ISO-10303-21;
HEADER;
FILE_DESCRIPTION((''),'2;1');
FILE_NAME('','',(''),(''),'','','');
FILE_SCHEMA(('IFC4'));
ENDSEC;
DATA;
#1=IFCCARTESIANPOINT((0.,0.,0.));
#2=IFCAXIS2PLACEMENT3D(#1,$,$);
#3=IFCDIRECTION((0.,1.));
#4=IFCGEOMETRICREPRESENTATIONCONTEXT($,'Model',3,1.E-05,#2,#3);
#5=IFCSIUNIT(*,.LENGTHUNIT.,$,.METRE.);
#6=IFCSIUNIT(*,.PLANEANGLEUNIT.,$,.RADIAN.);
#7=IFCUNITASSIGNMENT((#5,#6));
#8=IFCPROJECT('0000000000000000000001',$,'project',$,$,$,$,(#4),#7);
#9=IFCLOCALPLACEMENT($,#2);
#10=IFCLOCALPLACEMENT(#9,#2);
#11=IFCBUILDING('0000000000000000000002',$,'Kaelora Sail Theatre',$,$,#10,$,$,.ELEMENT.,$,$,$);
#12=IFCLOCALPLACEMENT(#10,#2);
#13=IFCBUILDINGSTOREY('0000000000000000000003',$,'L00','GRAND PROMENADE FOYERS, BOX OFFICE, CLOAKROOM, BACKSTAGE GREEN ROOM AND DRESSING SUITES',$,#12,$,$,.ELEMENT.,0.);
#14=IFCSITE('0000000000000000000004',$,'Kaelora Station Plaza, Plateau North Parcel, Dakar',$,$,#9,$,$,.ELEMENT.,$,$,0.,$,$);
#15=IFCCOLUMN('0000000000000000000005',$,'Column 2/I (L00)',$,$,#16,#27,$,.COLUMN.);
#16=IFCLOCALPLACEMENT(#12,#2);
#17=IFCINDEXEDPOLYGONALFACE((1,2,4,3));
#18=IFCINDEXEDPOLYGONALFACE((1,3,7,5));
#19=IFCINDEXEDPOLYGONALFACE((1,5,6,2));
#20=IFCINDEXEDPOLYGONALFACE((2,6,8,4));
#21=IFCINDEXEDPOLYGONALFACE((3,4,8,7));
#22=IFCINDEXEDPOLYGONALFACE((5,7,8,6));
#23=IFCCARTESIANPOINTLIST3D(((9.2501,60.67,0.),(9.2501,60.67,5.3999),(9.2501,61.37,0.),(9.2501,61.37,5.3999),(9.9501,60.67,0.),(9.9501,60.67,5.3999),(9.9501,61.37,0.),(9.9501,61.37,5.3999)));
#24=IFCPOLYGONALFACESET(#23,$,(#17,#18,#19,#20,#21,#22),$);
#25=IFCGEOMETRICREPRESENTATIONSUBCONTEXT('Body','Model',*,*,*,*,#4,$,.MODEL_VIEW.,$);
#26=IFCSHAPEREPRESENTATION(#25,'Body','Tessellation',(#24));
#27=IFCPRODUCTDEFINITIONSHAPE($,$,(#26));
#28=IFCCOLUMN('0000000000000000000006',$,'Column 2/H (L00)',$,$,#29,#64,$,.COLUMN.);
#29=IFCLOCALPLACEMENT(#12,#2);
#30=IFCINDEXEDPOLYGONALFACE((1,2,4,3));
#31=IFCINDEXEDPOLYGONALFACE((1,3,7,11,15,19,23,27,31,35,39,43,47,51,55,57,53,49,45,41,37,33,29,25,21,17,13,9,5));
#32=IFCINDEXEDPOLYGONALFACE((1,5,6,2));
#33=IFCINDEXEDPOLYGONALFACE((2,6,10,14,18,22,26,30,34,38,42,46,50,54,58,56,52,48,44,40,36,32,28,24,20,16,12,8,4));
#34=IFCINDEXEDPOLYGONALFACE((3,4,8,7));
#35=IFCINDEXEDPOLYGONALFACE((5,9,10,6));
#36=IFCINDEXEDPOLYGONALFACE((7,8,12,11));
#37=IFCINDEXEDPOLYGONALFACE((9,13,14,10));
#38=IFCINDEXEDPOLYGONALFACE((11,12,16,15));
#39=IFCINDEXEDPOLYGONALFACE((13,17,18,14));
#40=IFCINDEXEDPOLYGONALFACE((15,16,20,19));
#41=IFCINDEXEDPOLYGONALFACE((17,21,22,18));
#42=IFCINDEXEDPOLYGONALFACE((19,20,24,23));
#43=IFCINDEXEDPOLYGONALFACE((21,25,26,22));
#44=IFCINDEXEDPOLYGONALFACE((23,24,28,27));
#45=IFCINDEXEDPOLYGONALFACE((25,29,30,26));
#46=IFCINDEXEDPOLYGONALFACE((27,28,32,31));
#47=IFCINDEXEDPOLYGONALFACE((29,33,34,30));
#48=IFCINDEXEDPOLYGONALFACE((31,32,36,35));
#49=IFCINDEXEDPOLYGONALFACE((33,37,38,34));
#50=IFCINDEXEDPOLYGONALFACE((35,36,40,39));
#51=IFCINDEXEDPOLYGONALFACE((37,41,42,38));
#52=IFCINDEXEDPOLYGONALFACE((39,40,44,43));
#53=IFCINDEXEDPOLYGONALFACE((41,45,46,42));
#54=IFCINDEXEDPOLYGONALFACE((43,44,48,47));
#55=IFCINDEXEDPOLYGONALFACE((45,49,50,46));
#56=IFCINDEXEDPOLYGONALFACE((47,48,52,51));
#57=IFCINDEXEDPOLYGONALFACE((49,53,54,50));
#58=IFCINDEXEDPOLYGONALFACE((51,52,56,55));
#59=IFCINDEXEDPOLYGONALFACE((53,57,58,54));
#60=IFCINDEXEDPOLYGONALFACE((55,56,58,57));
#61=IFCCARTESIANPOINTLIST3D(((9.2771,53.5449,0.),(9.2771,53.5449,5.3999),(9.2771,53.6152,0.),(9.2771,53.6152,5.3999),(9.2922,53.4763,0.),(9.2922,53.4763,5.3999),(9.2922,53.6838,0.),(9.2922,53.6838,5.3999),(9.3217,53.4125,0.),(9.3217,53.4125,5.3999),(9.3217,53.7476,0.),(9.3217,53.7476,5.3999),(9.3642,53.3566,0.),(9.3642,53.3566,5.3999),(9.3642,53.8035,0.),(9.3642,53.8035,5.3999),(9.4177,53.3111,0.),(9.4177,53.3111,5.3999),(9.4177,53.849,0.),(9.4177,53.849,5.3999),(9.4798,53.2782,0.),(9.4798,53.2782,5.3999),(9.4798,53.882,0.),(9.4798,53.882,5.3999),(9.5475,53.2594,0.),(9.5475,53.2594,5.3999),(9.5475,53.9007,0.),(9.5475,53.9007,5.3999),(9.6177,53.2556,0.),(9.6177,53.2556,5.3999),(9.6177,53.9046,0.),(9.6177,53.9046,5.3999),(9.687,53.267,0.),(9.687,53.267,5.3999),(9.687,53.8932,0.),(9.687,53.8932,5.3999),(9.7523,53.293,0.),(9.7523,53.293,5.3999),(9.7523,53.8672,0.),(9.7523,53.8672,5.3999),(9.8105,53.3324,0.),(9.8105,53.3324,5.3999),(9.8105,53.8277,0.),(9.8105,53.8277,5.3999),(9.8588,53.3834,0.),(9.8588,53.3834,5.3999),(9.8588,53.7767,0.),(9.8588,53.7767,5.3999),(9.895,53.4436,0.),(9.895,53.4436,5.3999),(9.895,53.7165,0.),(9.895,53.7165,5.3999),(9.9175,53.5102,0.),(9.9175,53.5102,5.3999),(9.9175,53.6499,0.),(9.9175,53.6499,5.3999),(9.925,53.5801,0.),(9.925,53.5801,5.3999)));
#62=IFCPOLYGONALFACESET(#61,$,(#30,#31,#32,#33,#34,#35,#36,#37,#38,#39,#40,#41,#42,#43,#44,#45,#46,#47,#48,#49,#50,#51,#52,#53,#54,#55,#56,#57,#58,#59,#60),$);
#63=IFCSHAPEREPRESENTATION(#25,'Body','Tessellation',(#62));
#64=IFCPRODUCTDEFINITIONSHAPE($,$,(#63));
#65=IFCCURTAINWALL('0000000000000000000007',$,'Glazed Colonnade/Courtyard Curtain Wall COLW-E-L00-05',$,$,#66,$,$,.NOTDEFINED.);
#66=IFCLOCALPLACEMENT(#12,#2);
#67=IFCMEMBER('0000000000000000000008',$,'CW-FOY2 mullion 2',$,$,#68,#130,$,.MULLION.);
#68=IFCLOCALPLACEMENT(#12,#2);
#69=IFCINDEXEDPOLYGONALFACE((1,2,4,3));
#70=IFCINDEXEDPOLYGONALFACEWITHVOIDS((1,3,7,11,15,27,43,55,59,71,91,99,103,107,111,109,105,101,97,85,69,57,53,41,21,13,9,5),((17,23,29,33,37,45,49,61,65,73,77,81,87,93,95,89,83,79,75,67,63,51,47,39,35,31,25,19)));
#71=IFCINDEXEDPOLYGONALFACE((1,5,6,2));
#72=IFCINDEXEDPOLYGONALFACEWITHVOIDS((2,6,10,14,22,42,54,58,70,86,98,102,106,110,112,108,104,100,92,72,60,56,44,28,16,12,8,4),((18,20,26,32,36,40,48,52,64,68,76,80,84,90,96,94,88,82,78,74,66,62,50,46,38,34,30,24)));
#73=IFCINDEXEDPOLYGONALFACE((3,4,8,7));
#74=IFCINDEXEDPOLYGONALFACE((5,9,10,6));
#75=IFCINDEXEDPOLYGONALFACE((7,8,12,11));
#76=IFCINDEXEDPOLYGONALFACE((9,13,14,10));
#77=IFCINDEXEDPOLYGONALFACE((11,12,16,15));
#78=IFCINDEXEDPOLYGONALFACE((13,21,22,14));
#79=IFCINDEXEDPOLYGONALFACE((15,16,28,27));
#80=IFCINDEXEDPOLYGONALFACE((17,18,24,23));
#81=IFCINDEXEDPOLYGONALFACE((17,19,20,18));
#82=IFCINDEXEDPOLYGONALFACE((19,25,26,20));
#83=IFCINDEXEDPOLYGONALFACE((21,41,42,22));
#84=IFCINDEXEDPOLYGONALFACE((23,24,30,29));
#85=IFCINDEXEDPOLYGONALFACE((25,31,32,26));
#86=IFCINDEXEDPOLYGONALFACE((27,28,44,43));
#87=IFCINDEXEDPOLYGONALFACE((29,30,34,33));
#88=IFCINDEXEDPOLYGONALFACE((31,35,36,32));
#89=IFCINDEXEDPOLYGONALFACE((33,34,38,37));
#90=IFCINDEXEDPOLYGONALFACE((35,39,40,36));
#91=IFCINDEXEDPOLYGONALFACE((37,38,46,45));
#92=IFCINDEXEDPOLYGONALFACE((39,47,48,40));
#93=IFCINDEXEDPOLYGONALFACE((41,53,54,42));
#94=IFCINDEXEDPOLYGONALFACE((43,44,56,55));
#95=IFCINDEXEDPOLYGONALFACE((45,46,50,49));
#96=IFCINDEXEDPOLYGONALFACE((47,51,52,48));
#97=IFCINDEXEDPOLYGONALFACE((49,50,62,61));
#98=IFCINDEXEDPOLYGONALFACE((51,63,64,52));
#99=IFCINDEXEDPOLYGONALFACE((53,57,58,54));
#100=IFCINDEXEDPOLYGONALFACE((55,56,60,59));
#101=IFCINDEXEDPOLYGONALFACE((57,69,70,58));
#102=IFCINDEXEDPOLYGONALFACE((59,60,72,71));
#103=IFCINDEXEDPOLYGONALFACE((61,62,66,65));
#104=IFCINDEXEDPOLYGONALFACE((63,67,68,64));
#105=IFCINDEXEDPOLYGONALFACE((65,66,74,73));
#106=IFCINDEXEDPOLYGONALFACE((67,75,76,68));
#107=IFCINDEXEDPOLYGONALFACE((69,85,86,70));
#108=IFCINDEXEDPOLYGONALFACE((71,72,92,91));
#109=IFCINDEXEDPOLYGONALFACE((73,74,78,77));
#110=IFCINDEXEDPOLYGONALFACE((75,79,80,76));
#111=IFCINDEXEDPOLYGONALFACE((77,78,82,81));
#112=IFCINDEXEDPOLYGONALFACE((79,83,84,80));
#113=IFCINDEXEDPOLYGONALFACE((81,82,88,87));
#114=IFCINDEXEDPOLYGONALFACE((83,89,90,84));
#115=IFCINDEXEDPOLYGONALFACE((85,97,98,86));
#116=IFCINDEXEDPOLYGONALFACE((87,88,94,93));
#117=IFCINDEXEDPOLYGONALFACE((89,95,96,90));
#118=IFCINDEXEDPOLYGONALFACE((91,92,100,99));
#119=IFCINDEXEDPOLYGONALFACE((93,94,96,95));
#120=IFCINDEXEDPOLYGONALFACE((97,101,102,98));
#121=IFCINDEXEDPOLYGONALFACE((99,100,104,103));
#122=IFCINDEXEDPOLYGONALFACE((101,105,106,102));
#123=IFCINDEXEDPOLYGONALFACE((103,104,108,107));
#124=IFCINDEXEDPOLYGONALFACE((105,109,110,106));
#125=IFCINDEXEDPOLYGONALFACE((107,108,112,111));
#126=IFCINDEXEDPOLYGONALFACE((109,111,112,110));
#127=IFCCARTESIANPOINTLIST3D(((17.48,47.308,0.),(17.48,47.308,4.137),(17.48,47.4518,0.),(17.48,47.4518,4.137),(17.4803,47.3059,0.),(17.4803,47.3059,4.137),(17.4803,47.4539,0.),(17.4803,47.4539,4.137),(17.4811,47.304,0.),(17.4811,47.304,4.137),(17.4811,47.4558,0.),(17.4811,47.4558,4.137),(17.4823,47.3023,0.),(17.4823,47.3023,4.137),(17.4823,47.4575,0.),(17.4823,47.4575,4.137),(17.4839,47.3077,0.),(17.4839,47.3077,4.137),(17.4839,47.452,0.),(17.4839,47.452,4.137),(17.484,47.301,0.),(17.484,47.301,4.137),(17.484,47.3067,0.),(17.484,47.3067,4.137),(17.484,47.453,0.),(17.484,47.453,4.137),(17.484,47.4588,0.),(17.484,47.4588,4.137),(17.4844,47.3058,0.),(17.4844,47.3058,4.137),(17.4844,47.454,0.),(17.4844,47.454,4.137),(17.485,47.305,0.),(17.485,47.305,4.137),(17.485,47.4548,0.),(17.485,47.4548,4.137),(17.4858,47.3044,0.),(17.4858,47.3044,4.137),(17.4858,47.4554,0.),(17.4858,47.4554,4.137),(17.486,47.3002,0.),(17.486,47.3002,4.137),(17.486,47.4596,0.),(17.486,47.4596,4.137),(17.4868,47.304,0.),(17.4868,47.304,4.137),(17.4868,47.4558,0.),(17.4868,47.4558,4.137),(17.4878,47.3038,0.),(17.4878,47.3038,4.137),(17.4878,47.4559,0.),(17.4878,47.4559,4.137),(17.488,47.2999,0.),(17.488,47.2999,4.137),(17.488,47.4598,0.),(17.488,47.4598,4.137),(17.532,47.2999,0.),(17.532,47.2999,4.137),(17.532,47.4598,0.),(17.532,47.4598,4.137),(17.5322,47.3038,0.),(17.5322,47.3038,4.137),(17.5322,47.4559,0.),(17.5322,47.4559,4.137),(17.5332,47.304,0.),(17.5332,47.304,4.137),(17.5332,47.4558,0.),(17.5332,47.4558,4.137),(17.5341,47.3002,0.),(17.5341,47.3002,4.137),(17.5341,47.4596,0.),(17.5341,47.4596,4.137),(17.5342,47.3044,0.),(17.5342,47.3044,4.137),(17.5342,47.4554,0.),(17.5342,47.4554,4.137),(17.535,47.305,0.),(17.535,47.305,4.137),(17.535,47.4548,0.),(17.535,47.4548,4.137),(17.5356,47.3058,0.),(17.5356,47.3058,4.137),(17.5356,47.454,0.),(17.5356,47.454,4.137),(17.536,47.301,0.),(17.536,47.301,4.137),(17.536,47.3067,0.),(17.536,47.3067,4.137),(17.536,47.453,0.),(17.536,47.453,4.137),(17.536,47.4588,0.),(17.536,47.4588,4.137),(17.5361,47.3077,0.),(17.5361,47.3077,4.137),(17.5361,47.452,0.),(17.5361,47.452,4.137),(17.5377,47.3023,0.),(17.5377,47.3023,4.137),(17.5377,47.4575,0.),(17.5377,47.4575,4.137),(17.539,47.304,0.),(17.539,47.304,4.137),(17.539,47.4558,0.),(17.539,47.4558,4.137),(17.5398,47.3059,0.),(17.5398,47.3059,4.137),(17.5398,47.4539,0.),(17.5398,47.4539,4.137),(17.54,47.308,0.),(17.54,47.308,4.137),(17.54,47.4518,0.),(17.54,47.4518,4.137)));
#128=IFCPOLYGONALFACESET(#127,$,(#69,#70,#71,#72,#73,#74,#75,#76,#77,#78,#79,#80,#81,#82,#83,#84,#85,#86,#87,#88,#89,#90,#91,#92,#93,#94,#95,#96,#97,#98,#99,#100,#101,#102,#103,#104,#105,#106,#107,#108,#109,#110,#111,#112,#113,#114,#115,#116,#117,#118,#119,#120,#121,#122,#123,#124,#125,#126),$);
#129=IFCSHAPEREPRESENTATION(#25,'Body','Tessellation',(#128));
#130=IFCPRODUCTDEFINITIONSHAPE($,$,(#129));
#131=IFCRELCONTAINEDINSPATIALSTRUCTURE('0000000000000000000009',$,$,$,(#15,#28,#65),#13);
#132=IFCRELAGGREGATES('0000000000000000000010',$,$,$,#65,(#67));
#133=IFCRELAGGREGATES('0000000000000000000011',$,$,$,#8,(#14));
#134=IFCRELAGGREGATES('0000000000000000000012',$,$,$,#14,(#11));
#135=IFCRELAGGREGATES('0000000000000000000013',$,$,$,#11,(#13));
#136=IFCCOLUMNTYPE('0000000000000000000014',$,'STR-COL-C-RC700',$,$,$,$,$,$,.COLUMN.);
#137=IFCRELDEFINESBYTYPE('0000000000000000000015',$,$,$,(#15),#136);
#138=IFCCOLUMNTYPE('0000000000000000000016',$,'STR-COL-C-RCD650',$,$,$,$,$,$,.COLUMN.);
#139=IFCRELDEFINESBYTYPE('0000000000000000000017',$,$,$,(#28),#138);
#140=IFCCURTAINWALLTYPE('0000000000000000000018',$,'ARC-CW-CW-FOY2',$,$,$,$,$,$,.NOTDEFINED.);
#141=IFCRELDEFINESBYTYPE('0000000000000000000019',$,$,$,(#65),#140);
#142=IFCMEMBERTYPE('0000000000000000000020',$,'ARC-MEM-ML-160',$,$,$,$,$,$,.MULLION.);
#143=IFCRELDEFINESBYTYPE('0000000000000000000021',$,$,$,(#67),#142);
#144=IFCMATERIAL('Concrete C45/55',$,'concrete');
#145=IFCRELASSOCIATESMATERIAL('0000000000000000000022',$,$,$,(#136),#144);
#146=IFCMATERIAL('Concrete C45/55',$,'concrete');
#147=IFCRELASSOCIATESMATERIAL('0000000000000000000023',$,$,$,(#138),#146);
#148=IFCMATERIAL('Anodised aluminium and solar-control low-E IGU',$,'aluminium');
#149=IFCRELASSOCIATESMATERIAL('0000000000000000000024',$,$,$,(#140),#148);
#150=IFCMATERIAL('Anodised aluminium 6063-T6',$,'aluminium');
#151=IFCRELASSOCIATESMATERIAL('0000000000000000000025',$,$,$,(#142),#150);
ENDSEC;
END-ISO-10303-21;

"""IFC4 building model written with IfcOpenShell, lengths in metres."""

from ifc_helpers import new_model, si_unit, direction, frame, origin, origin_2d, place, context, subcontext, project, spatial, rectangle, hollow_rectangle, circle, extrude, material, material_profile, profile_set, type_object, element, aggregate, save


model = new_model("IFC4")

# Units and contexts
model_context = context("Model", 3, precision=1e-05, world=origin(), true_north=direction((0.0, 1.0)))
body_context = subcontext(model_context, "Body", "Model", "MODEL_VIEW")
ifc_project = project(units=[si_unit("LENGTHUNIT", "METRE"), si_unit("PLANEANGLEUNIT", "RADIAN")], contexts=[model_context])

# Site, building, storey
site_placement = place(None, origin())
site = spatial("IfcSite", under=ifc_project, at=site_placement, Name="Kaelora Station Plaza, Plateau North Parcel, Dakar", CompositionType="ELEMENT", RefElevation=0.0)
building_placement = place(site_placement, origin())
building = spatial("IfcBuilding", under=site, at=building_placement, Name="Kaelora Sail Theatre", CompositionType="ELEMENT")
storey_placement = place(building_placement, origin())
storey = spatial("IfcBuildingStorey", under=building, at=storey_placement, Name="L00", Description="GRAND PROMENADE FOYERS, BOX OFFICE, CLOAKROOM, BACKSTAGE GREEN ROOM AND DRESSING SUITES", CompositionType="ELEMENT", Elevation=0.0)

# Columns
ifc_material_1 = material(Name="Concrete C45/55", Category="concrete")
ifc_material_profile_1 = material_profile(ifc_material_1, rectangle(XDim=0.7, YDim=0.7, at=origin_2d()), Name="RC-COL 700x700")
ifc_profile_set_1 = profile_set([ifc_material_profile_1], Name="Concrete C45/55")
column_type_1 = type_object("IfcColumnType", Name="STR-COL-C-RC700", PredefinedType="COLUMN", material=ifc_profile_set_1)
column_1_placement = place(storey_placement, frame((9.6001, 61.02, 0.0), z_axis=(0.0, 0.0, 1.0), x_axis=(1.0, 0.0, 0.0)))
element("IfcColumn", 1, at=column_1_placement, inside=storey, type_object=column_type_1, Name="Column 2/I (L00)", PredefinedType="COLUMN", context=body_context, shape_type="SweptSolid", body=[
    extrude(rectangle(XDim=0.7, YDim=0.7, at=origin_2d()), origin(), (0.0, 0.0, 1.0), 5.3999),
])
ifc_material_2 = material(Name="Concrete C45/55", Category="concrete")
ifc_material_profile_2 = material_profile(ifc_material_2, circle(Radius=0.325, at=origin_2d()), Name="RC-CCOL D650")
ifc_profile_set_2 = profile_set([ifc_material_profile_2], Name="Concrete C45/55")
column_type_2 = type_object("IfcColumnType", Name="STR-COL-C-RCD650", PredefinedType="COLUMN", material=ifc_profile_set_2)
column_2_placement = place(storey_placement, frame((9.6001, 53.5801, 0.0), z_axis=(0.0, 0.0, 1.0), x_axis=(1.0, 0.0, 0.0)))
element("IfcColumn", 2, at=column_2_placement, inside=storey, type_object=column_type_2, Name="Column 2/H (L00)", PredefinedType="COLUMN", context=body_context, shape_type="SweptSolid", body=[
    extrude(circle(Radius=0.325, at=origin_2d()), origin(), (0.0, 0.0, 1.0), 5.3999),
])

# Curtain wall, member
ifc_material_3 = material(Name="Anodised aluminium and solar-control low-E IGU", Category="aluminium")
curtain_wall_type = type_object("IfcCurtainWallType", Name="ARC-CW-CW-FOY2", PredefinedType="NOTDEFINED", material=ifc_material_3)
curtain_wall_placement = place(storey_placement, origin())
curtain_wall = element("IfcCurtainWall", 3, at=curtain_wall_placement, inside=storey, type_object=curtain_wall_type, Name="Glazed Colonnade/Courtyard Curtain Wall COLW-E-L00-05", PredefinedType="NOTDEFINED")
ifc_material_4 = material(Name="Anodised aluminium 6063-T6", Category="aluminium")
ifc_material_profile_3 = material_profile(ifc_material_4, hollow_rectangle(XDim=0.0601, YDim=0.1599, WallThickness=0.0039, InnerFilletRadius=0.0039, OuterFilletRadius=0.0081, at=origin_2d()), Name="ALU-MULL 60x160x4")
ifc_profile_set_3 = profile_set([ifc_material_profile_3], Name="Anodised aluminium 6063-T6")
member_type_1 = type_object("IfcMemberType", Name="ARC-MEM-ML-160", PredefinedType="MULLION", material=ifc_profile_set_3)
member_1_placement = place(storey_placement, frame((17.51, 47.3799, 0.0), z_axis=(0.0, 0.0, 1.0), x_axis=(-1.0, 0.0, 0.0)))
member_1 = element("IfcMember", 4, at=member_1_placement, type_object=member_type_1, Name="CW-FOY2 mullion 2", PredefinedType="MULLION", context=body_context, shape_type="SweptSolid", body=[
    extrude(hollow_rectangle(XDim=0.0601, YDim=0.1599, WallThickness=0.0039, InnerFilletRadius=0.0039, OuterFilletRadius=0.0081, at=origin_2d()), origin(), (0.0, 0.0, 1.0), 4.137),
])
aggregate(curtain_wall, [member_1])

save(model, "model.ifc")
